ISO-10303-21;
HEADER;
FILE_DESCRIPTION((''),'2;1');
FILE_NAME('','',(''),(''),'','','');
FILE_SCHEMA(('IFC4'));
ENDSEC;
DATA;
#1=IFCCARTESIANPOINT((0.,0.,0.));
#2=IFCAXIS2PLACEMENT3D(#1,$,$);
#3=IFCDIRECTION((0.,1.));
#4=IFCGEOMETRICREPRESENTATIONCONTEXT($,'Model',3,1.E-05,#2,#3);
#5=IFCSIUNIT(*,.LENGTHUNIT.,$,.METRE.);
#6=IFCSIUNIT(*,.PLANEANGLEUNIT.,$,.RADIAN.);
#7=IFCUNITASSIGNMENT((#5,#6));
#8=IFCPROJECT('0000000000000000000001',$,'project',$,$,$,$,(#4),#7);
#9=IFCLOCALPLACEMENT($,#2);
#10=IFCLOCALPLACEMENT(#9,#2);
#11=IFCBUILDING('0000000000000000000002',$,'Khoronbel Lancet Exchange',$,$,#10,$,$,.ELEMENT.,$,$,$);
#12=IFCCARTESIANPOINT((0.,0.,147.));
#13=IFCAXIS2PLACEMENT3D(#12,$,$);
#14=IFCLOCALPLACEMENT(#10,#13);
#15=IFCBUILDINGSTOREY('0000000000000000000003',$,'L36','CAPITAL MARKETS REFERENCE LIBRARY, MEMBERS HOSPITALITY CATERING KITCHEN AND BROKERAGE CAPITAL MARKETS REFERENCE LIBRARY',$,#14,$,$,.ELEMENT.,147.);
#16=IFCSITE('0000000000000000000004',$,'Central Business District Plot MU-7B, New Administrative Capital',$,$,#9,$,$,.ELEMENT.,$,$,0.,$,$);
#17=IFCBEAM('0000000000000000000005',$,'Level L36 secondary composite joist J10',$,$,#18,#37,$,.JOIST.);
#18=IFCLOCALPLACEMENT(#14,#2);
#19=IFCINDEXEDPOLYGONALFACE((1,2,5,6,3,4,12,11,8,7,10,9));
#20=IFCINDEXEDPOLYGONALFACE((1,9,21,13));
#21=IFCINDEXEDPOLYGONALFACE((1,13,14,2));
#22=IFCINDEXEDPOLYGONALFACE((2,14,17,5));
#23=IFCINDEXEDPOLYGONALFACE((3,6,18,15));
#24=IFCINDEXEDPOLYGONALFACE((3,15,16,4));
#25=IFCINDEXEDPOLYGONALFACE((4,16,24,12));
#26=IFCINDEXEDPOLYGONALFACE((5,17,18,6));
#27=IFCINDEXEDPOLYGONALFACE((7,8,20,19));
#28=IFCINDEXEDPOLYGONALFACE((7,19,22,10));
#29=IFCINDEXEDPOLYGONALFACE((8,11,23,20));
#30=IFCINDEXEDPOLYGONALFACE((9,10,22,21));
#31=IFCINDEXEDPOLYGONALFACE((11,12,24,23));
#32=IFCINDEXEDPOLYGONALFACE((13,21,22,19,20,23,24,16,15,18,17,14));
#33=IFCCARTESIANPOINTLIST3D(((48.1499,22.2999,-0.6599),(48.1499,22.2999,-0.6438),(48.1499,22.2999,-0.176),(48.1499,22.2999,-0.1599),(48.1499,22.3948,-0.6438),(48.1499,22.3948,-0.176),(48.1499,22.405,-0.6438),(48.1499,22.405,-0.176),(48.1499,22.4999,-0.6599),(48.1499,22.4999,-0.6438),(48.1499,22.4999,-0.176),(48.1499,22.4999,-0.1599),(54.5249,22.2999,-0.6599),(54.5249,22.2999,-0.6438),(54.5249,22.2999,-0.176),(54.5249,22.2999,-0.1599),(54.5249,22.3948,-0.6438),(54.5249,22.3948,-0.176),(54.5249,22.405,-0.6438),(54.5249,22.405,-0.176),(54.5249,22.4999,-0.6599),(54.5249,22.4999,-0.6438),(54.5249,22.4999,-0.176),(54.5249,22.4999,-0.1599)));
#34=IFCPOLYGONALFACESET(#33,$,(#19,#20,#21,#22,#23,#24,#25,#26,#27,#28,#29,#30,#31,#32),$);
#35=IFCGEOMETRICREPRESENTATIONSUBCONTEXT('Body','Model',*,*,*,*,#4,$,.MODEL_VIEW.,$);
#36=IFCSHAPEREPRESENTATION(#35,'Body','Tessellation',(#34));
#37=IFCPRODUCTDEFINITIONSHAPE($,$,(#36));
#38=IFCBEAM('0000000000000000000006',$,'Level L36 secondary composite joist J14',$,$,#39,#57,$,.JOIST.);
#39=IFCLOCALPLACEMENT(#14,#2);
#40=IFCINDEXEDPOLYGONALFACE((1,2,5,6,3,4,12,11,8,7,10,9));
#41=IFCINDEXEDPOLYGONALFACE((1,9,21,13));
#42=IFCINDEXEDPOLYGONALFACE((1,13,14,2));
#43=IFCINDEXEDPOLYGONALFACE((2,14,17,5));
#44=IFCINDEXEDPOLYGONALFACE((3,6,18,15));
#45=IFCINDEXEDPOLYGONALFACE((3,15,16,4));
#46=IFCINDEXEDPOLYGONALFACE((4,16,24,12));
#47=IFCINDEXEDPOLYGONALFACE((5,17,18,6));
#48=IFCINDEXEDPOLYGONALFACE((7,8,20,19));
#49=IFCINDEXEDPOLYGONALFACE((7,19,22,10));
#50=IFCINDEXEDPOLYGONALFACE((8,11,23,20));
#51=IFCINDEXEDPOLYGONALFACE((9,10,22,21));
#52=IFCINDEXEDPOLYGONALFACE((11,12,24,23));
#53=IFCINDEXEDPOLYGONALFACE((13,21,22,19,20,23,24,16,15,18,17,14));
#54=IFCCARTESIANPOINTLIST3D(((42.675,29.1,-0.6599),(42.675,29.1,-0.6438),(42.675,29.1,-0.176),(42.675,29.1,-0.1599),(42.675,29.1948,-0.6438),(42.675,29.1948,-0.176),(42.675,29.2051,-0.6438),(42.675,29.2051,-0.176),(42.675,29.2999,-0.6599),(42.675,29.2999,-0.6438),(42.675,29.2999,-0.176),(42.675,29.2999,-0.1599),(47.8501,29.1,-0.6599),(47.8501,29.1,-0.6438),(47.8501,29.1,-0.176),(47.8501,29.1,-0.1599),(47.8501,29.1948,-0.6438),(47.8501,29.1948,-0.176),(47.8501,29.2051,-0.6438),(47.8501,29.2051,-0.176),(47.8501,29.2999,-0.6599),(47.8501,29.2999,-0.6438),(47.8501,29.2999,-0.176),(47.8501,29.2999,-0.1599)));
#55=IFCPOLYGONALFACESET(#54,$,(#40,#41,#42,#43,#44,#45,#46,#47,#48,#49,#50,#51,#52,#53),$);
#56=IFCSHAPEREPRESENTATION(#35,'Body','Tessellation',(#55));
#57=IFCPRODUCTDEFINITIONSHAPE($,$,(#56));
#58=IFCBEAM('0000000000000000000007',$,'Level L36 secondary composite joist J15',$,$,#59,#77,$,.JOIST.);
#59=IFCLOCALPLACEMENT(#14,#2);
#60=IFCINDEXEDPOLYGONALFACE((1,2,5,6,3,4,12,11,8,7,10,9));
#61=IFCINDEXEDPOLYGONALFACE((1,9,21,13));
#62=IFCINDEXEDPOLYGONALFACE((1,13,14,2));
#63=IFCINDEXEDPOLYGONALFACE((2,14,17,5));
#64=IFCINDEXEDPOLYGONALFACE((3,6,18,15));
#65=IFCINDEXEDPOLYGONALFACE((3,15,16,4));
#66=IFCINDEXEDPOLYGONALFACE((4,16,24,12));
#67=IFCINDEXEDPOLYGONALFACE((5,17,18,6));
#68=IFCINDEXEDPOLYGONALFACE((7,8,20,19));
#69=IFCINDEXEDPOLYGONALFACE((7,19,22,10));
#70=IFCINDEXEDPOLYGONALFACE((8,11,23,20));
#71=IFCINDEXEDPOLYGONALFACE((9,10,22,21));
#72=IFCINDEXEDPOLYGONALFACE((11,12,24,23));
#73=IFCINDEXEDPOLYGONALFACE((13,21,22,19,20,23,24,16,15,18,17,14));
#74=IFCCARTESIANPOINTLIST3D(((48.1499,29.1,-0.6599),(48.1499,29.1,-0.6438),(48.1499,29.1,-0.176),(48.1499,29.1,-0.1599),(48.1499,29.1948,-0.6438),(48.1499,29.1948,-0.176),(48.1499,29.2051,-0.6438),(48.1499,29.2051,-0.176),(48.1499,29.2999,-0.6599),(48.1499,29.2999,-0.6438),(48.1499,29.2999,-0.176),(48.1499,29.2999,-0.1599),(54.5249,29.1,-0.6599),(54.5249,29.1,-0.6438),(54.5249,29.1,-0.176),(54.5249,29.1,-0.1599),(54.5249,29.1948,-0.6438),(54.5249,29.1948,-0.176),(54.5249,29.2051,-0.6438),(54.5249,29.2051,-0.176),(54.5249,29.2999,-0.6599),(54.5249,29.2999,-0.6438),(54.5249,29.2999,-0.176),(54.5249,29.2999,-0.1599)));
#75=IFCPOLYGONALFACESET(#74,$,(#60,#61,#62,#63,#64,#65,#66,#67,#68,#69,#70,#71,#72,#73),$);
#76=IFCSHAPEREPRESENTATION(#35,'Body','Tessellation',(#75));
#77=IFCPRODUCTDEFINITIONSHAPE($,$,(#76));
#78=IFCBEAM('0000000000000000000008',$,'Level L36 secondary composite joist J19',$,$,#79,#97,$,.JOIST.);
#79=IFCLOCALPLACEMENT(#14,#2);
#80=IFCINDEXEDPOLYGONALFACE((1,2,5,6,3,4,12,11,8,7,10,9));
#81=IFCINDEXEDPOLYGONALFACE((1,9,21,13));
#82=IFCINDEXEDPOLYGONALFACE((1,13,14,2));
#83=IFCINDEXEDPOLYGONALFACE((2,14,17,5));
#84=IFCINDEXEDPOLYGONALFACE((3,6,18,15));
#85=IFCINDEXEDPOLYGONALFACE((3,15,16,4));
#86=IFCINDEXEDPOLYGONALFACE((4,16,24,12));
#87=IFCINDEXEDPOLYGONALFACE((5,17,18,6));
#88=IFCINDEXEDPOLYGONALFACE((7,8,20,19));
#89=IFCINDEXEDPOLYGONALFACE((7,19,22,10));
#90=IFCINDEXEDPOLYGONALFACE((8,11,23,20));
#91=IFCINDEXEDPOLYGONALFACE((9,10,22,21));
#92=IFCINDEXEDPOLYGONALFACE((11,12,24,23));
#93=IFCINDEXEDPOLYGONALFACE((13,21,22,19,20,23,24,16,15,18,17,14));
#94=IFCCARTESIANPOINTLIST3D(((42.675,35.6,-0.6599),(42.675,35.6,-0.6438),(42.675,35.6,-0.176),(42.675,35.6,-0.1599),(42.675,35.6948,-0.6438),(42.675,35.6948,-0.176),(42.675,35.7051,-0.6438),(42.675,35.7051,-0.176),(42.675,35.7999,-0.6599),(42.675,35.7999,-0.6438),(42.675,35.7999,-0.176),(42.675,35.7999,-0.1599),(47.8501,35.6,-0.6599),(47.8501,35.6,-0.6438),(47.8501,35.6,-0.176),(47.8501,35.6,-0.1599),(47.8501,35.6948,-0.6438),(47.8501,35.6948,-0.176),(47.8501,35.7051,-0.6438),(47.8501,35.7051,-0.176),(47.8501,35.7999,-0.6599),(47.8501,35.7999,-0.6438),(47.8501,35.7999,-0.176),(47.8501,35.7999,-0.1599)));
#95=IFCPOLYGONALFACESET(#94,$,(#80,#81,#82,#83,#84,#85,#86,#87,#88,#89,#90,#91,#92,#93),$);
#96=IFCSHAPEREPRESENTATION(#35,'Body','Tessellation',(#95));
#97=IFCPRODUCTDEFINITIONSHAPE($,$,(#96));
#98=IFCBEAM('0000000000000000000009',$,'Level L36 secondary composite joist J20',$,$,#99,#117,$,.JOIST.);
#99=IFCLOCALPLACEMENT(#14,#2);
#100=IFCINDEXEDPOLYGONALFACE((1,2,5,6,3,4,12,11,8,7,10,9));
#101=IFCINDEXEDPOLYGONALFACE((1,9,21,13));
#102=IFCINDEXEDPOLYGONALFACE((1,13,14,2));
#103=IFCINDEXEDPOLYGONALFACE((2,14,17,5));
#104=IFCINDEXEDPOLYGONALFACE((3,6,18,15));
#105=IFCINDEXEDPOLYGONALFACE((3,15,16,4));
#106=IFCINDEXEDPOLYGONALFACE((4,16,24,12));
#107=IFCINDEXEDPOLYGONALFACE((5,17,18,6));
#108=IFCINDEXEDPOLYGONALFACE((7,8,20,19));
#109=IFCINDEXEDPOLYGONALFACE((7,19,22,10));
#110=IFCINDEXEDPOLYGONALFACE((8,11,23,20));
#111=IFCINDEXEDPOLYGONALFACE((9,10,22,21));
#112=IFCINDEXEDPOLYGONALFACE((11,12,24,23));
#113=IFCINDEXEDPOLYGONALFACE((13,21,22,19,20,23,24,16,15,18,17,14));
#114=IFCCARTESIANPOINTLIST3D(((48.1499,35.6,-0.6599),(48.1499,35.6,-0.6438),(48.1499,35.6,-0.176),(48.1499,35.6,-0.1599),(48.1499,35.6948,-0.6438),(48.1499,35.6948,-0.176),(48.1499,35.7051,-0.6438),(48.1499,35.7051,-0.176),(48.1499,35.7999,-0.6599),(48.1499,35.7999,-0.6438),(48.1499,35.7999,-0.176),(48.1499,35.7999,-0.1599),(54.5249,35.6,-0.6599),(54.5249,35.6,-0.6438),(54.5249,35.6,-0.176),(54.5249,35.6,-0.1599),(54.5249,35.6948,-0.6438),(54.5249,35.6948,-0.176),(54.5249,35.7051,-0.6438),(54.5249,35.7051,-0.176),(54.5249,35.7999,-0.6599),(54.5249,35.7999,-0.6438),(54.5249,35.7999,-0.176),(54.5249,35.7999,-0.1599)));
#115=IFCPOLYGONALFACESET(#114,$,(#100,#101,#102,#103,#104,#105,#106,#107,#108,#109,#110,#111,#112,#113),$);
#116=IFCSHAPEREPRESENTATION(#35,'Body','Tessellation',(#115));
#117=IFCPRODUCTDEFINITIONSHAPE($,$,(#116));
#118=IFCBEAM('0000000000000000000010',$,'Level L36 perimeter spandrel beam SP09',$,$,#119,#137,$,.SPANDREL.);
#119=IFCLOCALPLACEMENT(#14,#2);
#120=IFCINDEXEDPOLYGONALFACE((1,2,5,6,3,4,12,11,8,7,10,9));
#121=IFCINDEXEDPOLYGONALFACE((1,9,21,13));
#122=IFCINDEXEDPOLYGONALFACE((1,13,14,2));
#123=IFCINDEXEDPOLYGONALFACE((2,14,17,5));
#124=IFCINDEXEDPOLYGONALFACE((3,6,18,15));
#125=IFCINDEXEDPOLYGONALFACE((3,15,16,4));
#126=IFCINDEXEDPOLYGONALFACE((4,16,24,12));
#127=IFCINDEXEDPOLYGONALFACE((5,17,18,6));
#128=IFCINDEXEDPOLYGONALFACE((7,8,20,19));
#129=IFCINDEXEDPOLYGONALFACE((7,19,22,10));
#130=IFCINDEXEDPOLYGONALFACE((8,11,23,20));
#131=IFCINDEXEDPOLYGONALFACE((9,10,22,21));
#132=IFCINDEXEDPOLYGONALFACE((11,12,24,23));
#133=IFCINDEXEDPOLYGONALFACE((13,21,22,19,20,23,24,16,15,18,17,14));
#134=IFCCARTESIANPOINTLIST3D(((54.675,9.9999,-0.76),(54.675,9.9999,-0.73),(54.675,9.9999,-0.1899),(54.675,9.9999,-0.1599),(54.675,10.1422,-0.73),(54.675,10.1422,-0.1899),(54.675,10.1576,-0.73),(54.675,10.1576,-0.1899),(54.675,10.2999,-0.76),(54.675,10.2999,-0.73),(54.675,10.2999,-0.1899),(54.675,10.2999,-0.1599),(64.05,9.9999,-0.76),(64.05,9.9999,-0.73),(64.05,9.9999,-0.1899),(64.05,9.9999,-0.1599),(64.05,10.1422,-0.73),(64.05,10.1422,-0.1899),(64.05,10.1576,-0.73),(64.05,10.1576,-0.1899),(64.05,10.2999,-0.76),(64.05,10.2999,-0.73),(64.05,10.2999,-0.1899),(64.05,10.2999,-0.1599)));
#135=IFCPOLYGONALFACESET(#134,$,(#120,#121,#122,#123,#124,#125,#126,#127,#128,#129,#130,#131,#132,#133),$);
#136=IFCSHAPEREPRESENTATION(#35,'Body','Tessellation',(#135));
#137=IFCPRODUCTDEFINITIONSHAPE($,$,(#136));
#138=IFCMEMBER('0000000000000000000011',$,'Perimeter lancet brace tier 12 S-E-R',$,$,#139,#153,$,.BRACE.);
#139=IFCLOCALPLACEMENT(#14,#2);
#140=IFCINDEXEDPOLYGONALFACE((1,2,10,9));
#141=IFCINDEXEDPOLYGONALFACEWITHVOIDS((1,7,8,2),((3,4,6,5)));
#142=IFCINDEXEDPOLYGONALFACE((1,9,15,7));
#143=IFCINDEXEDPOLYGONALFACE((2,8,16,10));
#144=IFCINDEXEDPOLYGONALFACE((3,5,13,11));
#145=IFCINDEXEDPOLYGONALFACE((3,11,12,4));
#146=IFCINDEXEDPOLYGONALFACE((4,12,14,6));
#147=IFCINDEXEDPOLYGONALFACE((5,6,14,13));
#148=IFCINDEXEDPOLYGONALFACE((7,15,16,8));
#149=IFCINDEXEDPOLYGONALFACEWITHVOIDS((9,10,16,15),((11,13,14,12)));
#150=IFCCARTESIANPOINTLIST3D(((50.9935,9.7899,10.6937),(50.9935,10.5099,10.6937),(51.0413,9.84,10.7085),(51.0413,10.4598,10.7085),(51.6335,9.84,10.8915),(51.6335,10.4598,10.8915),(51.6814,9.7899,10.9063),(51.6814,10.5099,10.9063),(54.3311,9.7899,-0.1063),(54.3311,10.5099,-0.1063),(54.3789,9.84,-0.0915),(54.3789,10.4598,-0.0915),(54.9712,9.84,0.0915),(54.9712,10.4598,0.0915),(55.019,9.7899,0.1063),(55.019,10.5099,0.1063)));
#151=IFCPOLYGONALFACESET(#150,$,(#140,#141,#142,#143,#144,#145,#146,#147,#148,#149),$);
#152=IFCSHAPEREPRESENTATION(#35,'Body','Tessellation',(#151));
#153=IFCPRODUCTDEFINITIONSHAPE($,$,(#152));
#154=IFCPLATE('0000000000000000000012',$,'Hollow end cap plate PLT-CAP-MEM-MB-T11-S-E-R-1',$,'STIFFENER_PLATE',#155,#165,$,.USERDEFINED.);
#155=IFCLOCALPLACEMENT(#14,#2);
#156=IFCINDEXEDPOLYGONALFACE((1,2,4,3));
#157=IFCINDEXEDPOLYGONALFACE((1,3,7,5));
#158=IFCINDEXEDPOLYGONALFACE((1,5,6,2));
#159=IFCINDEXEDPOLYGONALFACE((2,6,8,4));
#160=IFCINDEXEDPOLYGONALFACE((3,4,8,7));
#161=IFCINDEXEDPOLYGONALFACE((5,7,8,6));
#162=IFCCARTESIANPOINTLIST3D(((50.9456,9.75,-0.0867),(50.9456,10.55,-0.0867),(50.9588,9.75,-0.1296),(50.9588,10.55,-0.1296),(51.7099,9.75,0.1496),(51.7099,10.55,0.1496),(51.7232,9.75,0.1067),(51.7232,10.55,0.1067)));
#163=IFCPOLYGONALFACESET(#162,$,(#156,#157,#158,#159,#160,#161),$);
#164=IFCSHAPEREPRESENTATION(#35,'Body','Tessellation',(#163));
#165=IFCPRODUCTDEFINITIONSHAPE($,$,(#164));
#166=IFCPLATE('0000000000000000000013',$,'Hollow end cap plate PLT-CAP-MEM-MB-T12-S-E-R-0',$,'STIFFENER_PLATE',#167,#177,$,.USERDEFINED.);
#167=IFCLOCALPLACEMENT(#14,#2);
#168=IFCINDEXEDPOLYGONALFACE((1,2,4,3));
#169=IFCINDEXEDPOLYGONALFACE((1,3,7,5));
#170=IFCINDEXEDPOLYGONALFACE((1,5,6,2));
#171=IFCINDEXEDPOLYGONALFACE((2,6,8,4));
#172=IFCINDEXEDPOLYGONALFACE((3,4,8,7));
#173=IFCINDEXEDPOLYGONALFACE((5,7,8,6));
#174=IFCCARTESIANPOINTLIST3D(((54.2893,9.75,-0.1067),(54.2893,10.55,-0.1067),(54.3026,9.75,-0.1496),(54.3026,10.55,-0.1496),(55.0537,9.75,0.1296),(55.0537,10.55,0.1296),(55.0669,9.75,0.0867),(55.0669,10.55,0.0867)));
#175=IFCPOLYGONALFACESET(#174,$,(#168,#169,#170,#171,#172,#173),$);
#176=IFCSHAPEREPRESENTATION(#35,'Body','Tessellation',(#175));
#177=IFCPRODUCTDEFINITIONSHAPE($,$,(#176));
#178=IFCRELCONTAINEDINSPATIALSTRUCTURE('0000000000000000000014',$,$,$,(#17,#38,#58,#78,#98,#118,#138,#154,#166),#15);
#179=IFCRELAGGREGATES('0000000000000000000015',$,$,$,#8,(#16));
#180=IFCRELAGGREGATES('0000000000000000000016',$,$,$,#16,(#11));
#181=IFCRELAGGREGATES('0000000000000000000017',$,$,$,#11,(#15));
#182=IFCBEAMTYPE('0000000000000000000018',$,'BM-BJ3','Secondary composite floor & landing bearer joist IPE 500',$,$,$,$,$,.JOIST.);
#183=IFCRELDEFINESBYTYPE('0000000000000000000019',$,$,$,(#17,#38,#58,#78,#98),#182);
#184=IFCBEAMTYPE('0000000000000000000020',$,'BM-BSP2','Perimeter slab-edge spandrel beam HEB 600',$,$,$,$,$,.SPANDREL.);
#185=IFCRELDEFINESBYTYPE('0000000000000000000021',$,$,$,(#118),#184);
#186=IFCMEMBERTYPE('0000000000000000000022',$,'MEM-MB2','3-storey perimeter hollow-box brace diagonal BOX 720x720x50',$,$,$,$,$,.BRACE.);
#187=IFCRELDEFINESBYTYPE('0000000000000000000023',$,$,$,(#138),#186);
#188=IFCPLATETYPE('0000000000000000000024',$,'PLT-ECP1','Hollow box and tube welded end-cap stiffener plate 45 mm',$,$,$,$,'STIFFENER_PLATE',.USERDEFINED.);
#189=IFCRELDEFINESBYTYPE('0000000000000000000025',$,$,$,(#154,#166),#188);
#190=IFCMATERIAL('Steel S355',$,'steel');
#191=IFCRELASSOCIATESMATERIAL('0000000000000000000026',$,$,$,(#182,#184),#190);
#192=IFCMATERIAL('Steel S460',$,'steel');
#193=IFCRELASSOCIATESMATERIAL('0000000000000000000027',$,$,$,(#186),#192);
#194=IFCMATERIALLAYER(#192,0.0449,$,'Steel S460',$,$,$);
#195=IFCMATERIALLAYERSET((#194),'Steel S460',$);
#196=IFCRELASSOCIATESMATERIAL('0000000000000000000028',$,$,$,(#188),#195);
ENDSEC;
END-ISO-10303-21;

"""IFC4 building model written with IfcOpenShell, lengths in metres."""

from ifc_helpers import new_model, si_unit, direction, frame, origin, origin_2d, place, context, subcontext, project, spatial, polyline, hollow_rectangle, i_section, outline, extrude, material, layer, layer_set, material_profile, profile_set, type_object, element, save


model = new_model("IFC4")

# Units and contexts
model_context = context("Model", 3, precision=1e-05, world=origin(), true_north=direction((0.0, 1.0)))
body_context = subcontext(model_context, "Body", "Model", "MODEL_VIEW")
ifc_project = project(units=[si_unit("LENGTHUNIT", "METRE"), si_unit("PLANEANGLEUNIT", "RADIAN")], contexts=[model_context])

# Site, building, storey
site_placement = place(None, origin())
site = spatial("IfcSite", under=ifc_project, at=site_placement, Name="Central Business District Plot MU-7B, New Administrative Capital", CompositionType="ELEMENT", RefElevation=0.0)
building_placement = place(site_placement, origin())
building = spatial("IfcBuilding", under=site, at=building_placement, Name="Khoronbel Lancet Exchange", CompositionType="ELEMENT")
storey_placement = place(building_placement, frame((0.0, 0.0, 147.0)))
storey = spatial("IfcBuildingStorey", under=building, at=storey_placement, Name="L36", Description="CAPITAL MARKETS REFERENCE LIBRARY, MEMBERS HOSPITALITY CATERING KITCHEN AND BROKERAGE CAPITAL MARKETS REFERENCE LIBRARY", CompositionType="ELEMENT", Elevation=147.0)

# Shared definitions
ifc_material_1 = material(Name="Steel S460", Category="steel")

# Beams
ifc_material_2 = material(Name="Steel S355", Category="steel")
ifc_material_profile_1 = material_profile(ifc_material_2, i_section(OverallWidth=0.2, OverallDepth=0.5, WebThickness=0.0103, FlangeThickness=0.0161, at=origin_2d()), Name="IPE 500")
ifc_profile_set_1 = profile_set([ifc_material_profile_1], Name="Steel S355")
beam_type_1 = type_object("IfcBeamType", Name="BM-BJ3", Description="Secondary composite floor & landing bearer joist IPE 500", PredefinedType="JOIST", material=ifc_profile_set_1)
beam_1_placement = place(storey_placement, frame((48.1499, 22.3999, -0.4099), z_axis=(1.0, 0.0, 0.0), x_axis=(0.0, 1.0, 0.0)))
element("IfcBeam", 1, at=beam_1_placement, inside=storey, type_object=beam_type_1, Name="Level L36 secondary composite joist J10", PredefinedType="JOIST", context=body_context, shape_type="SweptSolid", body=[
    extrude(i_section(OverallWidth=0.2, OverallDepth=0.5, WebThickness=0.0103, FlangeThickness=0.0161, at=origin_2d()), origin(), (0.0, 0.0, 1.0), 6.375),
])
beam_2_placement = place(storey_placement, frame((42.675, 29.2, -0.4099), z_axis=(1.0, 0.0, 0.0), x_axis=(0.0, 1.0, 0.0)))
element("IfcBeam", 2, at=beam_2_placement, inside=storey, type_object=beam_type_1, Name="Level L36 secondary composite joist J14", PredefinedType="JOIST", context=body_context, shape_type="SweptSolid", body=[
    extrude(i_section(OverallWidth=0.2, OverallDepth=0.5, WebThickness=0.0103, FlangeThickness=0.0161, at=origin_2d()), origin(), (0.0, 0.0, 1.0), 5.175),
])
beam_3_placement = place(storey_placement, frame((48.1499, 29.2, -0.4099), z_axis=(1.0, 0.0, 0.0), x_axis=(0.0, 1.0, 0.0)))
element("IfcBeam", 3, at=beam_3_placement, inside=storey, type_object=beam_type_1, Name="Level L36 secondary composite joist J15", PredefinedType="JOIST", context=body_context, shape_type="SweptSolid", body=[
    extrude(i_section(OverallWidth=0.2, OverallDepth=0.5, WebThickness=0.0103, FlangeThickness=0.0161, at=origin_2d()), origin(), (0.0, 0.0, 1.0), 6.375),
])
beam_4_placement = place(storey_placement, frame((42.675, 35.7, -0.4099), z_axis=(1.0, 0.0, 0.0), x_axis=(0.0, 1.0, 0.0)))
element("IfcBeam", 4, at=beam_4_placement, inside=storey, type_object=beam_type_1, Name="Level L36 secondary composite joist J19", PredefinedType="JOIST", context=body_context, shape_type="SweptSolid", body=[
    extrude(i_section(OverallWidth=0.2, OverallDepth=0.5, WebThickness=0.0103, FlangeThickness=0.0161, at=origin_2d()), origin(), (0.0, 0.0, 1.0), 5.175),
])
beam_5_placement = place(storey_placement, frame((48.1499, 35.7, -0.4099), z_axis=(1.0, 0.0, 0.0), x_axis=(0.0, 1.0, 0.0)))
element("IfcBeam", 5, at=beam_5_placement, inside=storey, type_object=beam_type_1, Name="Level L36 secondary composite joist J20", PredefinedType="JOIST", context=body_context, shape_type="SweptSolid", body=[
    extrude(i_section(OverallWidth=0.2, OverallDepth=0.5, WebThickness=0.0103, FlangeThickness=0.0161, at=origin_2d()), origin(), (0.0, 0.0, 1.0), 6.375),
])
ifc_material_profile_2 = material_profile(ifc_material_2, i_section(OverallWidth=0.3, OverallDepth=0.6001, WebThickness=0.0154, FlangeThickness=0.03, at=origin_2d()), Name="HEB 600")
ifc_profile_set_2 = profile_set([ifc_material_profile_2], Name="Steel S355")
beam_type_2 = type_object("IfcBeamType", Name="BM-BSP2", Description="Perimeter slab-edge spandrel beam HEB 600", PredefinedType="SPANDREL", material=ifc_profile_set_2)
beam_6_placement = place(storey_placement, frame((54.675, 10.1499, -0.46), z_axis=(1.0, 0.0, 0.0), x_axis=(0.0, 1.0, 0.0)))
element("IfcBeam", 6, at=beam_6_placement, inside=storey, type_object=beam_type_2, Name="Level L36 perimeter spandrel beam SP09", PredefinedType="SPANDREL", context=body_context, shape_type="SweptSolid", body=[
    extrude(i_section(OverallWidth=0.3, OverallDepth=0.6001, WebThickness=0.0154, FlangeThickness=0.03, at=origin_2d()), origin(), (0.0, 0.0, 1.0), 9.375),
])

# Member
ifc_material_profile_3 = material_profile(ifc_material_1, hollow_rectangle(XDim=0.72, YDim=0.72, WallThickness=0.05, at=origin_2d()), Name="BOX 720x720x50")
ifc_profile_set_3 = profile_set([ifc_material_profile_3], Name="Steel S460")
member_type = type_object("IfcMemberType", Name="MEM-MB2", Description="3-storey perimeter hollow-box brace diagonal BOX 720x720x50", PredefinedType="BRACE", material=ifc_profile_set_3)
member_placement = place(storey_placement, frame((54.675, 10.1499, 0.0), z_axis=(-0.295262, 0.0, 0.955416), x_axis=(0.0, -1.0, 0.0)))
element("IfcMember", 7, at=member_placement, inside=storey, type_object=member_type, Name="Perimeter lancet brace tier 12 S-E-R", PredefinedType="BRACE", context=body_context, shape_type="SweptSolid", body=[
    extrude(hollow_rectangle(XDim=0.72, YDim=0.72, WallThickness=0.05, at=origin_2d()), origin(), (0.0, 0.0, 1.0), 11.304),
])

# Plates
ifc_layer_1 = layer(ifc_material_1, 0.0449, Name="Steel S460")
ifc_layer_set_1 = layer_set([ifc_layer_1], Name="Steel S460")
plate_type = type_object("IfcPlateType", Name="PLT-ECP1", Description="Hollow box and tube welded end-cap stiffener plate 45 mm", ElementType="STIFFENER_PLATE", PredefinedType="USERDEFINED", material=ifc_layer_set_1)
for number, where, z_axis, x_axis, name in (
    (8, (50.9456, 10.55, -0.0867), (-0.295372, 0.0, 0.955382), (0.0, -1.0, 0.0), "Hollow end cap plate PLT-CAP-MEM-MB-T11-S-E-R-1"),
    (9, (54.2893, 10.55, -0.1067), (-0.295372, 0.0, 0.955382), (0.0, -1.0, 0.0), "Hollow end cap plate PLT-CAP-MEM-MB-T12-S-E-R-0"),
):
    element("IfcPlate", number, at=place(storey_placement, frame(where, z_axis=z_axis, x_axis=x_axis)), inside=storey, type_object=plate_type, Name=name, ObjectType="STIFFENER_PLATE", PredefinedType="USERDEFINED", context=body_context, shape_type="SweptSolid", body=[
        extrude(outline(polyline([(0.0, 0.0), (0.8, 0.0), (0.8, 0.8), (0.0, 0.8), (0.0, 0.0)])), origin(), (0.0, 0.0, -1.0), 0.0449),
    ])

save(model, "model.ifc")
